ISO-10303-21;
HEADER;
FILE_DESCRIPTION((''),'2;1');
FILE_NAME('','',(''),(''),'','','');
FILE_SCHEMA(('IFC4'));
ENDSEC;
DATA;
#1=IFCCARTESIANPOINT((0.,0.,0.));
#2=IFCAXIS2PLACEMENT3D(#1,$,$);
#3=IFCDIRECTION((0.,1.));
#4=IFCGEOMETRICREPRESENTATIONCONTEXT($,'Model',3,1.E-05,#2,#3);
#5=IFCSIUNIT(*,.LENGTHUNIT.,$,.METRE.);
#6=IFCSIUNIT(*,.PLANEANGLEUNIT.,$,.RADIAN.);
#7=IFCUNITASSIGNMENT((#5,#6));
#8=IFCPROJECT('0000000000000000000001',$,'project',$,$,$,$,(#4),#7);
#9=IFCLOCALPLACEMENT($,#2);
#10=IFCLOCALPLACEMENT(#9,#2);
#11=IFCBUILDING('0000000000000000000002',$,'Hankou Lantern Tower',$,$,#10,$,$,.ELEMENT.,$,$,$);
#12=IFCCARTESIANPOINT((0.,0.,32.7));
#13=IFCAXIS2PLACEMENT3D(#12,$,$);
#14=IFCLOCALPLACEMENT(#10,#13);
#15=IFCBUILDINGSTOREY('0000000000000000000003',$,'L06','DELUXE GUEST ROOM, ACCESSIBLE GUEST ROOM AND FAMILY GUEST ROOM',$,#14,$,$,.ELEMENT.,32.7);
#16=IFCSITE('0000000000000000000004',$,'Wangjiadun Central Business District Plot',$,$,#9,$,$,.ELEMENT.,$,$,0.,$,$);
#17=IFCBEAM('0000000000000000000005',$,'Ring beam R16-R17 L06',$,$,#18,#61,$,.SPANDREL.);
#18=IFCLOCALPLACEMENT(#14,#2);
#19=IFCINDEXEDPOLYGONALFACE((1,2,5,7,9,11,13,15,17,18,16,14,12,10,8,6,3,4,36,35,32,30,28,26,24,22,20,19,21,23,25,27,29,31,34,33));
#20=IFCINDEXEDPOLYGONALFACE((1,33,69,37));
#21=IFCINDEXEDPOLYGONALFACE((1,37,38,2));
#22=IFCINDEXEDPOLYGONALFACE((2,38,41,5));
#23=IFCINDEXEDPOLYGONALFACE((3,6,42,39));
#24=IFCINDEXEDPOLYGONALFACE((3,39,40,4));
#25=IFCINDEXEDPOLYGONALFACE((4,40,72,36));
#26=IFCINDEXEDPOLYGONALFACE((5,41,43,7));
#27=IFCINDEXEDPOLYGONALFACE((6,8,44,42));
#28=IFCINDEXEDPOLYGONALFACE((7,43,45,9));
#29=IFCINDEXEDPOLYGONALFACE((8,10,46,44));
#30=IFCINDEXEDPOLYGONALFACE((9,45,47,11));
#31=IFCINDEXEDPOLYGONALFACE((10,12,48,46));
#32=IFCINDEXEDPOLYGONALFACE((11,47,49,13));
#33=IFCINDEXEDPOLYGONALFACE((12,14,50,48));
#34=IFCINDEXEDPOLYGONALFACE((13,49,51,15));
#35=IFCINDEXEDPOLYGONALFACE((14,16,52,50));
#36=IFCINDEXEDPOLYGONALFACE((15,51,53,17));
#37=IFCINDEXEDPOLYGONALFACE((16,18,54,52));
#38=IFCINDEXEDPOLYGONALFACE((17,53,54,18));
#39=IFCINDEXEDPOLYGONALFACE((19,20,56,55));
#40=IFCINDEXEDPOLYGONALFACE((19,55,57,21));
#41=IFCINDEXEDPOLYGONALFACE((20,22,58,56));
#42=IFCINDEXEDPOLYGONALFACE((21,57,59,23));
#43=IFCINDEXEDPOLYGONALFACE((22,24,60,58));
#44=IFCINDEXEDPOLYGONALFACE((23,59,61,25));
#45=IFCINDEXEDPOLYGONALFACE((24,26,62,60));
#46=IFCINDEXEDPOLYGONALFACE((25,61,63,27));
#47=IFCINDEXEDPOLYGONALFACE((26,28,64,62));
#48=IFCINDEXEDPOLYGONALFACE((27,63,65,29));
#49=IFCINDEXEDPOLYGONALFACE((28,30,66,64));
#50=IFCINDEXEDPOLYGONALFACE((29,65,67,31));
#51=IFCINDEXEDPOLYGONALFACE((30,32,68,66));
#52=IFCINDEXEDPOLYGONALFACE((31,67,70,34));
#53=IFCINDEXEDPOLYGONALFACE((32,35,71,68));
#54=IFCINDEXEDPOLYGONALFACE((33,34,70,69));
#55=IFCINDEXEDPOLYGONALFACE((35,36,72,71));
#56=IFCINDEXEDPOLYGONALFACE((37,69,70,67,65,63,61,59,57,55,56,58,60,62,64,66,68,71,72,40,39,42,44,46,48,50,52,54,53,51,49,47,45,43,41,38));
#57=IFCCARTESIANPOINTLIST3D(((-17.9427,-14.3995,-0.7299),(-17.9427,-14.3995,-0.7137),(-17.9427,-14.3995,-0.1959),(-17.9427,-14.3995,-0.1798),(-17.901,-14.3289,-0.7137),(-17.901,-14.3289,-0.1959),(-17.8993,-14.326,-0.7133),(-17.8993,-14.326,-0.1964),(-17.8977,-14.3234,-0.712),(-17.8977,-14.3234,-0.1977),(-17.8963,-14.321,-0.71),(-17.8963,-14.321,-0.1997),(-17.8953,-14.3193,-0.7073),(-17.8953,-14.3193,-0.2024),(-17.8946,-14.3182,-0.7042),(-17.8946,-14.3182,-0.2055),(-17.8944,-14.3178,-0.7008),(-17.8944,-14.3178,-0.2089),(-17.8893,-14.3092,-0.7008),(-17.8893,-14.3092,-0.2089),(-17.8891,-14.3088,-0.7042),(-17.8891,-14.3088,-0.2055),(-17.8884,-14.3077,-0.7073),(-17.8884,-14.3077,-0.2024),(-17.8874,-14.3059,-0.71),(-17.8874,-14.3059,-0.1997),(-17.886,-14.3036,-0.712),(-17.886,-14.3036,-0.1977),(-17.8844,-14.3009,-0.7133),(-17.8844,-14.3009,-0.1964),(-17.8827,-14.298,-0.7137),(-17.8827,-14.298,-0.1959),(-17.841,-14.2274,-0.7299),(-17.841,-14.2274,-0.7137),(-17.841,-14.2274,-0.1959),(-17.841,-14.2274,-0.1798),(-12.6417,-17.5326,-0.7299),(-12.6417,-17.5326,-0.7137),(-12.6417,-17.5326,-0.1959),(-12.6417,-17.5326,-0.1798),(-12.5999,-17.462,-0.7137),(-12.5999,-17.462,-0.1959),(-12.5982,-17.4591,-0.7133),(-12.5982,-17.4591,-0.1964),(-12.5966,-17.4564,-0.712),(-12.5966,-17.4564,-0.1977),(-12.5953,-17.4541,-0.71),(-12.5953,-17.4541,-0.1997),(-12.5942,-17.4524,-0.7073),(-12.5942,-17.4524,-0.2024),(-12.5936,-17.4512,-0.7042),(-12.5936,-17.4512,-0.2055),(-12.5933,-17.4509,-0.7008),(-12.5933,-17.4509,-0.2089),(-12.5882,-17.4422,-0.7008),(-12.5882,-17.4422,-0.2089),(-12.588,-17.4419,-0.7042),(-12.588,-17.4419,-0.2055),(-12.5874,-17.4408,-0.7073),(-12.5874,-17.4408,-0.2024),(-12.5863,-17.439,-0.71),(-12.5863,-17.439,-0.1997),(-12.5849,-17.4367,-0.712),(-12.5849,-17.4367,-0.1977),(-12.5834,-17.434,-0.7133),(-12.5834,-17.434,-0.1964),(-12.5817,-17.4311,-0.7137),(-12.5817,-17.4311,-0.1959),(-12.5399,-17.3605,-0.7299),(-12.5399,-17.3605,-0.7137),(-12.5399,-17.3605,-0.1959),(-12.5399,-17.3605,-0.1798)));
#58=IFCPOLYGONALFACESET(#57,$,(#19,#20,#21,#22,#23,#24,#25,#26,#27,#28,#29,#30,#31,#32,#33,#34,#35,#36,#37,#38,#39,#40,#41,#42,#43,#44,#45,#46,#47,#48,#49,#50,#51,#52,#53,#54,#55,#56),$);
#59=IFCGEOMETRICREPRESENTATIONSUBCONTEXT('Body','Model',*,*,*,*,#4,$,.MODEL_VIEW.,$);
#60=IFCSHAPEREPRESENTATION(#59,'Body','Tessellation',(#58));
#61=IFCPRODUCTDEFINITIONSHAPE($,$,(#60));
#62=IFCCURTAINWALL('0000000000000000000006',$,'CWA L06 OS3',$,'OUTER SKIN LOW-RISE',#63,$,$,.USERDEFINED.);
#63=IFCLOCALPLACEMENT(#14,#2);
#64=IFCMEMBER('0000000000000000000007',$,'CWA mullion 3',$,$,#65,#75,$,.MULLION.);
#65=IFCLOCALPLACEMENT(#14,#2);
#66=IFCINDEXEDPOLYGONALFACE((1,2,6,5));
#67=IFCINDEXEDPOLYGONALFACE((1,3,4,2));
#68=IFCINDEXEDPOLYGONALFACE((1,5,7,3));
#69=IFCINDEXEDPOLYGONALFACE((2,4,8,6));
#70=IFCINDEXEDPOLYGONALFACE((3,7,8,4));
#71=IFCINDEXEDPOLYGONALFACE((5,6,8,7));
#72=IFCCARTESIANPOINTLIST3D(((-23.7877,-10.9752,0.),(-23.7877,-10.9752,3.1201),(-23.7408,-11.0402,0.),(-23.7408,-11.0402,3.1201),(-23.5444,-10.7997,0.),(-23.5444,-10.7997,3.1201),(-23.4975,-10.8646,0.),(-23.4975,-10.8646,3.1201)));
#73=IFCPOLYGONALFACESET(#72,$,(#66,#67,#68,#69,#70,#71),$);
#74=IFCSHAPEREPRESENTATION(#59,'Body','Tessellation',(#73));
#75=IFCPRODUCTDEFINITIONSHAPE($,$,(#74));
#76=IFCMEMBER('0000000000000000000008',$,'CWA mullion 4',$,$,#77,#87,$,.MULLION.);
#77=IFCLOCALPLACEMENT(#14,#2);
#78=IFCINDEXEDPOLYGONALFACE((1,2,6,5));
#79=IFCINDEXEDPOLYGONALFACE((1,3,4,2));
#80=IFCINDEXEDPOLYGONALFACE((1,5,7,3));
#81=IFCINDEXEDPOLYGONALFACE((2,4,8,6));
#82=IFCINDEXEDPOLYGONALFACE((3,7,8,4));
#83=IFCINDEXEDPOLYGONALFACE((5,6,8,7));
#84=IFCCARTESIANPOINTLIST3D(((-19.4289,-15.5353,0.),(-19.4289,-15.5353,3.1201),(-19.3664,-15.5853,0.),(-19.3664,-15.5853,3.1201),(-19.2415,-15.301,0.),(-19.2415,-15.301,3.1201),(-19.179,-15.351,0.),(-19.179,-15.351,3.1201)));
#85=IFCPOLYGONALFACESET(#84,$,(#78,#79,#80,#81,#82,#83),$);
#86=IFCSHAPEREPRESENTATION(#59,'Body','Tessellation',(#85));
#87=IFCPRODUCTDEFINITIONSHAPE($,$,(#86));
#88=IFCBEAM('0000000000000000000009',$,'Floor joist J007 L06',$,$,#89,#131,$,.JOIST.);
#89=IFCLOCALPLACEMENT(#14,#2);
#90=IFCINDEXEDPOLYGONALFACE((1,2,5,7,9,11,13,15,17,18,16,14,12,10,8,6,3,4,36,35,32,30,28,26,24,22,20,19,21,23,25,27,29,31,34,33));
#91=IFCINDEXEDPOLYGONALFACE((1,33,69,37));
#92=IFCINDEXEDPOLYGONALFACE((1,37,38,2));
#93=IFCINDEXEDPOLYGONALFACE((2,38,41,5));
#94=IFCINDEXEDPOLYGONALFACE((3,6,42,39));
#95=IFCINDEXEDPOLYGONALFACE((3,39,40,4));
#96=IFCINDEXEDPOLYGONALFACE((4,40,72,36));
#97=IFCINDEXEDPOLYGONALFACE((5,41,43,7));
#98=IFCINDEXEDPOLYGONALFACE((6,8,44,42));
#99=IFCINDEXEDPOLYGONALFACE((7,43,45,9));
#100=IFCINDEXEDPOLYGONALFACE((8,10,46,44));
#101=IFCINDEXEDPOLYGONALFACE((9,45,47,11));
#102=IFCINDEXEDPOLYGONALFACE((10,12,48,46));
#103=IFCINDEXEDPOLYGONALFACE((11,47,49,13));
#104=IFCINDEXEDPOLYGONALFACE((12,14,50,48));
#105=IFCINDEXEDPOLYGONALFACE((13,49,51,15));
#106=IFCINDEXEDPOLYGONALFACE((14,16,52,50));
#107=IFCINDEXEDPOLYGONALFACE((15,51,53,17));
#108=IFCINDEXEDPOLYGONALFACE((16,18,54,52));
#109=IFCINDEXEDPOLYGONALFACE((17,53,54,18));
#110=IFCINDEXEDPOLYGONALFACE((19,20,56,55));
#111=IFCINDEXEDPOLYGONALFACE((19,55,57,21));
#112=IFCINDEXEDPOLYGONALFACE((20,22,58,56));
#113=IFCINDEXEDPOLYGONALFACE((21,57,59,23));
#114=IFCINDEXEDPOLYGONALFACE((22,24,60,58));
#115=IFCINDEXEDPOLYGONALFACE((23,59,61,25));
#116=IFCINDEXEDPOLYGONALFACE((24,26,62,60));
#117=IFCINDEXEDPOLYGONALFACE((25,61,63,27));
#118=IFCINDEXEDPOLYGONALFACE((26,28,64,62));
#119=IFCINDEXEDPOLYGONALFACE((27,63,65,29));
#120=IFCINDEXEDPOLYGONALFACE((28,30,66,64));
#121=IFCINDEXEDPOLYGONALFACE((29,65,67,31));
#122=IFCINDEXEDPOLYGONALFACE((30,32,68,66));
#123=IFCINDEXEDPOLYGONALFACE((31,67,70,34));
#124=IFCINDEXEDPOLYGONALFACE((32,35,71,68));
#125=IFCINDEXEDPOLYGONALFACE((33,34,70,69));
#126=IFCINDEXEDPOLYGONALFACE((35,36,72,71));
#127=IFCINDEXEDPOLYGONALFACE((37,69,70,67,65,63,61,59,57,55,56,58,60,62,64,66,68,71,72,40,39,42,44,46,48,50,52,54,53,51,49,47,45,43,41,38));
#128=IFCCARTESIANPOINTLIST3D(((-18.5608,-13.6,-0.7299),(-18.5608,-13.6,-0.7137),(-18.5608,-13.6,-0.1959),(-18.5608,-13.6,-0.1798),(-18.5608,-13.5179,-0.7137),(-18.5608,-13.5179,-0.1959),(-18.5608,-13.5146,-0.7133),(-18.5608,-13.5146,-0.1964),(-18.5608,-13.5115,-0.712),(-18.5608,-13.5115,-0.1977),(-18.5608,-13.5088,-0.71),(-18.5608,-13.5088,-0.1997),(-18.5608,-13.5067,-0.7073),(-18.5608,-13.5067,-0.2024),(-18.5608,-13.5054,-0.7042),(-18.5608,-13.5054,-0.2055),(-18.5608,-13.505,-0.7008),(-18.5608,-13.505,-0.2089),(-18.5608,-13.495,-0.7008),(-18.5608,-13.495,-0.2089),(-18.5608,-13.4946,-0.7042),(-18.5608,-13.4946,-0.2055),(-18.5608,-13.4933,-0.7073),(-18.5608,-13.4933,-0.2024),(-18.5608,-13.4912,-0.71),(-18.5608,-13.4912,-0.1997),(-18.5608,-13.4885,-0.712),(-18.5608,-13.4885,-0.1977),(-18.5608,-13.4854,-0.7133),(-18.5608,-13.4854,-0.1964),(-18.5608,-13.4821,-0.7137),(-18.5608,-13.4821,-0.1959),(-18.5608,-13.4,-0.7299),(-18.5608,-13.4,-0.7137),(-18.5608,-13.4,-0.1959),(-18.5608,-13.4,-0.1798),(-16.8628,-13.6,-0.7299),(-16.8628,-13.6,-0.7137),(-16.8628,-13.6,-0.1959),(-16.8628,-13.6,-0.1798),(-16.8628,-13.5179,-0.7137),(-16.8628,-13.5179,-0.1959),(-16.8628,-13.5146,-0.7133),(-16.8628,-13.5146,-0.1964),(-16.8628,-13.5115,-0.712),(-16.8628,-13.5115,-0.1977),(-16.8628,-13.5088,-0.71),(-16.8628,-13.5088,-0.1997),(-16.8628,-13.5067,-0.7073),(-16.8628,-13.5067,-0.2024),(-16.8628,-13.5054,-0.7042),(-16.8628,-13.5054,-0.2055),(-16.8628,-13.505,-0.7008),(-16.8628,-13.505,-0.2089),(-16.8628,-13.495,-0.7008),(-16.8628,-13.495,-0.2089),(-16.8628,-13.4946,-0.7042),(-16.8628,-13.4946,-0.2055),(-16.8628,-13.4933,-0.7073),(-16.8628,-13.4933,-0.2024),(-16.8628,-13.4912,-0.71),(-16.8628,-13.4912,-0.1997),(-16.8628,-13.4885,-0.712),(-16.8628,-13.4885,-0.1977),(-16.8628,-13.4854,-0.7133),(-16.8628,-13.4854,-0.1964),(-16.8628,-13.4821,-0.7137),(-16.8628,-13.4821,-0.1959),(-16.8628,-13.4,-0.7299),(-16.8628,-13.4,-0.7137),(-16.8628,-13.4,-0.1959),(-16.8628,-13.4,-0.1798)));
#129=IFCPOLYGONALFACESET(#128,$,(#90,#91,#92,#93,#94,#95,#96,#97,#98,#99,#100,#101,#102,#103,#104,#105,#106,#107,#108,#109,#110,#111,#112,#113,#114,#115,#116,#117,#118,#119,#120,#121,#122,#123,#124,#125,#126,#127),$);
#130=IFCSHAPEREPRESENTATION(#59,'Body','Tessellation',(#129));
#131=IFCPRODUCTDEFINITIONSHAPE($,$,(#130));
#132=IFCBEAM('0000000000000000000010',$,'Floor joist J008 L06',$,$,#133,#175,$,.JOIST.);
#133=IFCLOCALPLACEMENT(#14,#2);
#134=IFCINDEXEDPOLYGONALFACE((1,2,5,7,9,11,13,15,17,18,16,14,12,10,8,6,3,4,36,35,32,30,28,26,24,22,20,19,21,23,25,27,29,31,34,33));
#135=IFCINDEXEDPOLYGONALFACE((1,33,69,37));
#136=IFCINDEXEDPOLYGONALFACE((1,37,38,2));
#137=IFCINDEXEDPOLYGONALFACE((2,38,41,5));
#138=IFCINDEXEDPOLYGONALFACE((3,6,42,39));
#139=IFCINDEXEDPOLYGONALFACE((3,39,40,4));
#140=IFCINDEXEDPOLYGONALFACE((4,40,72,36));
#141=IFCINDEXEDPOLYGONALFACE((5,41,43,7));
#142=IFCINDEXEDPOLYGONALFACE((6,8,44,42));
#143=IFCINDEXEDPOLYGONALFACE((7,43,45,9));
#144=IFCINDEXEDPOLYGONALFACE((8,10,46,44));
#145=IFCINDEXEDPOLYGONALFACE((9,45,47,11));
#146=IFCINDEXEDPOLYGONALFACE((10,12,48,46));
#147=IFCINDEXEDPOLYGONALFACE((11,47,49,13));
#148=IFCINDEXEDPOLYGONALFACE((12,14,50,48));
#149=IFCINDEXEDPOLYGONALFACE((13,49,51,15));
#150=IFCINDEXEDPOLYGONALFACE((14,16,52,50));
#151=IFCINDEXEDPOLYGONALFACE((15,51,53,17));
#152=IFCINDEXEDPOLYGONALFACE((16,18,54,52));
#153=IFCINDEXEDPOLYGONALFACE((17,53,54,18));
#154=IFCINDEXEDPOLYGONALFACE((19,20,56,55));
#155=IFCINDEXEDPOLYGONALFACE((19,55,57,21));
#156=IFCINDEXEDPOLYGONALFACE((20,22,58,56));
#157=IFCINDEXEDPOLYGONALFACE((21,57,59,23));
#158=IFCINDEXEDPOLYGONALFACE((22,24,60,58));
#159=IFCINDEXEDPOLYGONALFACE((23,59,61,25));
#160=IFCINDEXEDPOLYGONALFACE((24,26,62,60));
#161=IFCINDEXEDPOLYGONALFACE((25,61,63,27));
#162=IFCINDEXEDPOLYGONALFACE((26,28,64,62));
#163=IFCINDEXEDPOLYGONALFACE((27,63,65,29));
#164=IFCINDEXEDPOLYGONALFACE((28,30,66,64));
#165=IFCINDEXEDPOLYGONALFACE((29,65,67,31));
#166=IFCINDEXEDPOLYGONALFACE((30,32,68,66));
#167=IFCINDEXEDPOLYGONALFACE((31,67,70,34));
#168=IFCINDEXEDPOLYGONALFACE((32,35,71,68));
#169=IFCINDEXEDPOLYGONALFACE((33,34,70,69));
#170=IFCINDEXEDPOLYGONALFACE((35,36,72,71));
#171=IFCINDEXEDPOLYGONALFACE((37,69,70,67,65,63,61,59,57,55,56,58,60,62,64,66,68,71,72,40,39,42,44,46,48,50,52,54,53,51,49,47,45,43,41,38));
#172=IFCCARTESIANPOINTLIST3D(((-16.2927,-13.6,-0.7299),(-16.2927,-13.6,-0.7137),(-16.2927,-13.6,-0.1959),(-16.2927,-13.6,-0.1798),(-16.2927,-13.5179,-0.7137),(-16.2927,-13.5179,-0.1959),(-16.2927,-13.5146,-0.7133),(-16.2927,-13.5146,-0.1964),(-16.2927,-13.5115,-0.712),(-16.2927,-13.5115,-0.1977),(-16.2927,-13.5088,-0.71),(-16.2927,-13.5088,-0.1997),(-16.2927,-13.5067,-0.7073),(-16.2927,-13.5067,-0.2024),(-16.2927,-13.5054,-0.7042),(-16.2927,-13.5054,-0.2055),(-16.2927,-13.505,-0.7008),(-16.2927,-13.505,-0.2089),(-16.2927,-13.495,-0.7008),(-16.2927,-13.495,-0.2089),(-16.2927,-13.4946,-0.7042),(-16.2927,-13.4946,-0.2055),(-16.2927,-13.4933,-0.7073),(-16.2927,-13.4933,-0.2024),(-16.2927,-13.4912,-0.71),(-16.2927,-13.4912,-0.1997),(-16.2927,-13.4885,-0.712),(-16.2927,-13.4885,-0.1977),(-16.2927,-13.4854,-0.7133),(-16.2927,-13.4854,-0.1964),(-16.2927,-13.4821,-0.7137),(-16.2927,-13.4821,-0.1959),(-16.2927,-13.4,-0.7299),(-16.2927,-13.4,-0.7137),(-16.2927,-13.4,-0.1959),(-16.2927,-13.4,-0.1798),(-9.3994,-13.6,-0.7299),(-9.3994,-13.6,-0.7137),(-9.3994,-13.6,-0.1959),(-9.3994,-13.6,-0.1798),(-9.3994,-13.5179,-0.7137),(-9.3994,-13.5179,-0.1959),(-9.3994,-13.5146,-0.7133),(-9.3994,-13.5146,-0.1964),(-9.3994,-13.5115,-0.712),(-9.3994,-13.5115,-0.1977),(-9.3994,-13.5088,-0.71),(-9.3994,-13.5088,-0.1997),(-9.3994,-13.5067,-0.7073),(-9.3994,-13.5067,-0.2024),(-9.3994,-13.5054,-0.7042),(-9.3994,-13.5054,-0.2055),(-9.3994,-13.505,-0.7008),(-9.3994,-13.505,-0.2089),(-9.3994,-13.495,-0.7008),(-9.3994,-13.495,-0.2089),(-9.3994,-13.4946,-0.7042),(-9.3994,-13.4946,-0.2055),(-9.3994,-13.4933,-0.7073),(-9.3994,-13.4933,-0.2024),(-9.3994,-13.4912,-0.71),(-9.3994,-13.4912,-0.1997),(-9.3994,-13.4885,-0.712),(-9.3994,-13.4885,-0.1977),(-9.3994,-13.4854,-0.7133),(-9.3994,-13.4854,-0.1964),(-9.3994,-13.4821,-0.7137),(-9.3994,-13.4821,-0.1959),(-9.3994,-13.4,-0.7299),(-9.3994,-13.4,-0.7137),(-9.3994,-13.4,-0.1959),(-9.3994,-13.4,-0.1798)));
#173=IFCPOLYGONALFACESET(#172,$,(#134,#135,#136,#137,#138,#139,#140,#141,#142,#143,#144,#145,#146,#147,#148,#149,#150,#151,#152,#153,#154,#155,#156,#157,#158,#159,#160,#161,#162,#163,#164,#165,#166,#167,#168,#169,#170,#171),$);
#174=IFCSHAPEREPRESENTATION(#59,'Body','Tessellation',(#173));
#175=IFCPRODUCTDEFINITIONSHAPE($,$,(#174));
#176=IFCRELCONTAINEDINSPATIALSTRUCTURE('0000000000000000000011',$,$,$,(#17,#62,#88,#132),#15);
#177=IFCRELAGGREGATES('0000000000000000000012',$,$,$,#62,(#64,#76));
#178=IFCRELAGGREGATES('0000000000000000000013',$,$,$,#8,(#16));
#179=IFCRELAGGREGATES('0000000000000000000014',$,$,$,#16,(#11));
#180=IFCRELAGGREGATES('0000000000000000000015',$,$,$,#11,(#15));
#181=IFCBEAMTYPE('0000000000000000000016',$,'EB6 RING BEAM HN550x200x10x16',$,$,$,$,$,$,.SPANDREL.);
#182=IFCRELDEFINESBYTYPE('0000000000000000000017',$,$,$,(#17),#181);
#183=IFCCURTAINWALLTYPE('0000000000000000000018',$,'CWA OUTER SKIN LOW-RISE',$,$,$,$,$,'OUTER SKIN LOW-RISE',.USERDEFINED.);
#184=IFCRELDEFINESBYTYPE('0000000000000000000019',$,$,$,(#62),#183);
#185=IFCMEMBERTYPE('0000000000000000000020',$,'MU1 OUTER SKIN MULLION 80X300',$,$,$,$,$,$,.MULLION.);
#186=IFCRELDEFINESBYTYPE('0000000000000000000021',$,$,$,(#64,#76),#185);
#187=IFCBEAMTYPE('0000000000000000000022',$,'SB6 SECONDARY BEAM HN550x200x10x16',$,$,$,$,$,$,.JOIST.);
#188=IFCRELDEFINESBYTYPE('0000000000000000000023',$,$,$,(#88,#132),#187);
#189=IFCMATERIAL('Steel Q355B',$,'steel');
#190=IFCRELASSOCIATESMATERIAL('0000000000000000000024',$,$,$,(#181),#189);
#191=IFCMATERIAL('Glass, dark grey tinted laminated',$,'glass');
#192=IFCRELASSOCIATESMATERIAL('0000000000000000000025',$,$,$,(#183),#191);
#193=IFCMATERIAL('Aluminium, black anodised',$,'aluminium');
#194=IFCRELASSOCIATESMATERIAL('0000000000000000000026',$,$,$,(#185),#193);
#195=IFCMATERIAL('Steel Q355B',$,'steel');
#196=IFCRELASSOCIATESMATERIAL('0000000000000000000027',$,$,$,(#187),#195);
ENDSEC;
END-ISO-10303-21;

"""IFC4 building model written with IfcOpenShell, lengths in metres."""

from ifc_helpers import new_model, si_unit, direction, frame, origin, origin_2d, place, context, subcontext, project, spatial, rectangle, i_section, extrude, material, material_profile, profile_set, type_object, element, aggregate, save


model = new_model("IFC4")

# Units and contexts
model_context = context("Model", 3, precision=1e-05, world=origin(), true_north=direction((0.0, 1.0)))
body_context = subcontext(model_context, "Body", "Model", "MODEL_VIEW")
ifc_project = project(units=[si_unit("LENGTHUNIT", "METRE"), si_unit("PLANEANGLEUNIT", "RADIAN")], contexts=[model_context])

# Site, building, storey
site_placement = place(None, origin())
site = spatial("IfcSite", under=ifc_project, at=site_placement, Name="Wangjiadun Central Business District Plot", CompositionType="ELEMENT", RefElevation=0.0)
building_placement = place(site_placement, origin())
building = spatial("IfcBuilding", under=site, at=building_placement, Name="Hankou Lantern Tower", CompositionType="ELEMENT")
storey_placement = place(building_placement, frame((0.0, 0.0, 32.7)))
storey = spatial("IfcBuildingStorey", under=building, at=storey_placement, Name="L06", Description="DELUXE GUEST ROOM, ACCESSIBLE GUEST ROOM AND FAMILY GUEST ROOM", CompositionType="ELEMENT", Elevation=32.7)

# Beam
ifc_material_1 = material(Name="Steel Q355B", Category="steel")
ifc_material_profile_1 = material_profile(ifc_material_1, i_section(OverallWidth=0.2, OverallDepth=0.55, WebThickness=0.01, FlangeThickness=0.0161, FilletRadius=0.0129, at=origin_2d()), Name="HN550x200x10x16")
ifc_profile_set_1 = profile_set([ifc_material_profile_1], Name="Steel Q355B")
beam_type_1 = type_object("IfcBeamType", Name="EB6 RING BEAM HN550x200x10x16", PredefinedType="SPANDREL", material=ifc_profile_set_1)
beam_1_placement = place(storey_placement, frame((-17.8918, -14.3135, -0.4548), z_axis=(0.860882, -0.508805, 0.0), x_axis=(0.508805, 0.860882, 0.0)))
element("IfcBeam", 1, at=beam_1_placement, inside=storey, type_object=beam_type_1, Name="Ring beam R16-R17 L06", PredefinedType="SPANDREL", context=body_context, shape_type="SweptSolid", body=[
    extrude(i_section(OverallWidth=0.2, OverallDepth=0.55, WebThickness=0.01, FlangeThickness=0.0161, FilletRadius=0.0129, at=origin_2d()), origin(), (0.0, 0.0, 1.0), 6.1577),
])

# Curtain wall, members
ifc_material_2 = material(Name="Glass, dark grey tinted laminated", Category="glass")
curtain_wall_type = type_object("IfcCurtainWallType", Name="CWA OUTER SKIN LOW-RISE", ElementType="OUTER SKIN LOW-RISE", PredefinedType="USERDEFINED", material=ifc_material_2)
curtain_wall_placement = place(storey_placement, origin())
curtain_wall = element("IfcCurtainWall", 2, at=curtain_wall_placement, inside=storey, type_object=curtain_wall_type, Name="CWA L06 OS3", ObjectType="OUTER SKIN LOW-RISE", PredefinedType="USERDEFINED")
ifc_material_3 = material(Name="Aluminium, black anodised", Category="aluminium")
ifc_material_profile_2 = material_profile(ifc_material_3, rectangle(XDim=0.0801, YDim=0.3, at=origin_2d()), Name="MU1 80X300")
ifc_profile_set_2 = profile_set([ifc_material_profile_2], Name="Aluminium, black anodised")
member_type_1 = type_object("IfcMemberType", Name="MU1 OUTER SKIN MULLION 80X300", PredefinedType="MULLION", material=ifc_profile_set_2)
member_1_placement = place(storey_placement, frame((-23.6426, -10.9199, 0.0), z_axis=(0.0, 0.0, 1.0), x_axis=(0.585206, -0.810885, 0.0)))
member_1 = element("IfcMember", 3, at=member_1_placement, type_object=member_type_1, Name="CWA mullion 3", PredefinedType="MULLION", context=body_context, shape_type="SweptSolid", body=[
    extrude(rectangle(XDim=0.0801, YDim=0.3, at=origin_2d()), origin(), (0.0, 0.0, 1.0), 3.1201),
])
member_2_placement = place(storey_placement, frame((-19.304, -15.4431, 0.0), z_axis=(0.0, 0.0, 1.0), x_axis=(0.780869, -0.624695, 0.0)))
member_2 = element("IfcMember", 4, at=member_2_placement, type_object=member_type_1, Name="CWA mullion 4", PredefinedType="MULLION", context=body_context, shape_type="SweptSolid", body=[
    extrude(rectangle(XDim=0.0801, YDim=0.3, at=origin_2d()), origin(), (0.0, 0.0, 1.0), 3.1201),
])

# Beams
ifc_material_4 = material(Name="Steel Q355B", Category="steel")
ifc_material_profile_3 = material_profile(ifc_material_4, i_section(OverallWidth=0.2, OverallDepth=0.55, WebThickness=0.01, FlangeThickness=0.0161, FilletRadius=0.0129, at=origin_2d()), Name="HN550x200x10x16")
ifc_profile_set_3 = profile_set([ifc_material_profile_3], Name="Steel Q355B")
beam_type_2 = type_object("IfcBeamType", Name="SB6 SECONDARY BEAM HN550x200x10x16", PredefinedType="JOIST", material=ifc_profile_set_3)
beam_2_placement = place(storey_placement, frame((-18.5608, -13.5, -0.4548), z_axis=(1.0, 0.0, 0.0), x_axis=(0.0, 1.0, 0.0)))
element("IfcBeam", 5, at=beam_2_placement, inside=storey, type_object=beam_type_2, Name="Floor joist J007 L06", PredefinedType="JOIST", context=body_context, shape_type="SweptSolid", body=[
    extrude(i_section(OverallWidth=0.2, OverallDepth=0.55, WebThickness=0.01, FlangeThickness=0.0161, FilletRadius=0.0129, at=origin_2d()), origin(), (0.0, 0.0, 1.0), 1.698),
])
beam_3_placement = place(storey_placement, frame((-16.2927, -13.5, -0.4548), z_axis=(1.0, 0.0, 0.0), x_axis=(0.0, 1.0, 0.0)))
element("IfcBeam", 6, at=beam_3_placement, inside=storey, type_object=beam_type_2, Name="Floor joist J008 L06", PredefinedType="JOIST", context=body_context, shape_type="SweptSolid", body=[
    extrude(i_section(OverallWidth=0.2, OverallDepth=0.55, WebThickness=0.01, FlangeThickness=0.0161, FilletRadius=0.0129, at=origin_2d()), origin(), (0.0, 0.0, 1.0), 6.8933),
])

aggregate(curtain_wall, [member_1, member_2])

save(model, "model.ifc")
